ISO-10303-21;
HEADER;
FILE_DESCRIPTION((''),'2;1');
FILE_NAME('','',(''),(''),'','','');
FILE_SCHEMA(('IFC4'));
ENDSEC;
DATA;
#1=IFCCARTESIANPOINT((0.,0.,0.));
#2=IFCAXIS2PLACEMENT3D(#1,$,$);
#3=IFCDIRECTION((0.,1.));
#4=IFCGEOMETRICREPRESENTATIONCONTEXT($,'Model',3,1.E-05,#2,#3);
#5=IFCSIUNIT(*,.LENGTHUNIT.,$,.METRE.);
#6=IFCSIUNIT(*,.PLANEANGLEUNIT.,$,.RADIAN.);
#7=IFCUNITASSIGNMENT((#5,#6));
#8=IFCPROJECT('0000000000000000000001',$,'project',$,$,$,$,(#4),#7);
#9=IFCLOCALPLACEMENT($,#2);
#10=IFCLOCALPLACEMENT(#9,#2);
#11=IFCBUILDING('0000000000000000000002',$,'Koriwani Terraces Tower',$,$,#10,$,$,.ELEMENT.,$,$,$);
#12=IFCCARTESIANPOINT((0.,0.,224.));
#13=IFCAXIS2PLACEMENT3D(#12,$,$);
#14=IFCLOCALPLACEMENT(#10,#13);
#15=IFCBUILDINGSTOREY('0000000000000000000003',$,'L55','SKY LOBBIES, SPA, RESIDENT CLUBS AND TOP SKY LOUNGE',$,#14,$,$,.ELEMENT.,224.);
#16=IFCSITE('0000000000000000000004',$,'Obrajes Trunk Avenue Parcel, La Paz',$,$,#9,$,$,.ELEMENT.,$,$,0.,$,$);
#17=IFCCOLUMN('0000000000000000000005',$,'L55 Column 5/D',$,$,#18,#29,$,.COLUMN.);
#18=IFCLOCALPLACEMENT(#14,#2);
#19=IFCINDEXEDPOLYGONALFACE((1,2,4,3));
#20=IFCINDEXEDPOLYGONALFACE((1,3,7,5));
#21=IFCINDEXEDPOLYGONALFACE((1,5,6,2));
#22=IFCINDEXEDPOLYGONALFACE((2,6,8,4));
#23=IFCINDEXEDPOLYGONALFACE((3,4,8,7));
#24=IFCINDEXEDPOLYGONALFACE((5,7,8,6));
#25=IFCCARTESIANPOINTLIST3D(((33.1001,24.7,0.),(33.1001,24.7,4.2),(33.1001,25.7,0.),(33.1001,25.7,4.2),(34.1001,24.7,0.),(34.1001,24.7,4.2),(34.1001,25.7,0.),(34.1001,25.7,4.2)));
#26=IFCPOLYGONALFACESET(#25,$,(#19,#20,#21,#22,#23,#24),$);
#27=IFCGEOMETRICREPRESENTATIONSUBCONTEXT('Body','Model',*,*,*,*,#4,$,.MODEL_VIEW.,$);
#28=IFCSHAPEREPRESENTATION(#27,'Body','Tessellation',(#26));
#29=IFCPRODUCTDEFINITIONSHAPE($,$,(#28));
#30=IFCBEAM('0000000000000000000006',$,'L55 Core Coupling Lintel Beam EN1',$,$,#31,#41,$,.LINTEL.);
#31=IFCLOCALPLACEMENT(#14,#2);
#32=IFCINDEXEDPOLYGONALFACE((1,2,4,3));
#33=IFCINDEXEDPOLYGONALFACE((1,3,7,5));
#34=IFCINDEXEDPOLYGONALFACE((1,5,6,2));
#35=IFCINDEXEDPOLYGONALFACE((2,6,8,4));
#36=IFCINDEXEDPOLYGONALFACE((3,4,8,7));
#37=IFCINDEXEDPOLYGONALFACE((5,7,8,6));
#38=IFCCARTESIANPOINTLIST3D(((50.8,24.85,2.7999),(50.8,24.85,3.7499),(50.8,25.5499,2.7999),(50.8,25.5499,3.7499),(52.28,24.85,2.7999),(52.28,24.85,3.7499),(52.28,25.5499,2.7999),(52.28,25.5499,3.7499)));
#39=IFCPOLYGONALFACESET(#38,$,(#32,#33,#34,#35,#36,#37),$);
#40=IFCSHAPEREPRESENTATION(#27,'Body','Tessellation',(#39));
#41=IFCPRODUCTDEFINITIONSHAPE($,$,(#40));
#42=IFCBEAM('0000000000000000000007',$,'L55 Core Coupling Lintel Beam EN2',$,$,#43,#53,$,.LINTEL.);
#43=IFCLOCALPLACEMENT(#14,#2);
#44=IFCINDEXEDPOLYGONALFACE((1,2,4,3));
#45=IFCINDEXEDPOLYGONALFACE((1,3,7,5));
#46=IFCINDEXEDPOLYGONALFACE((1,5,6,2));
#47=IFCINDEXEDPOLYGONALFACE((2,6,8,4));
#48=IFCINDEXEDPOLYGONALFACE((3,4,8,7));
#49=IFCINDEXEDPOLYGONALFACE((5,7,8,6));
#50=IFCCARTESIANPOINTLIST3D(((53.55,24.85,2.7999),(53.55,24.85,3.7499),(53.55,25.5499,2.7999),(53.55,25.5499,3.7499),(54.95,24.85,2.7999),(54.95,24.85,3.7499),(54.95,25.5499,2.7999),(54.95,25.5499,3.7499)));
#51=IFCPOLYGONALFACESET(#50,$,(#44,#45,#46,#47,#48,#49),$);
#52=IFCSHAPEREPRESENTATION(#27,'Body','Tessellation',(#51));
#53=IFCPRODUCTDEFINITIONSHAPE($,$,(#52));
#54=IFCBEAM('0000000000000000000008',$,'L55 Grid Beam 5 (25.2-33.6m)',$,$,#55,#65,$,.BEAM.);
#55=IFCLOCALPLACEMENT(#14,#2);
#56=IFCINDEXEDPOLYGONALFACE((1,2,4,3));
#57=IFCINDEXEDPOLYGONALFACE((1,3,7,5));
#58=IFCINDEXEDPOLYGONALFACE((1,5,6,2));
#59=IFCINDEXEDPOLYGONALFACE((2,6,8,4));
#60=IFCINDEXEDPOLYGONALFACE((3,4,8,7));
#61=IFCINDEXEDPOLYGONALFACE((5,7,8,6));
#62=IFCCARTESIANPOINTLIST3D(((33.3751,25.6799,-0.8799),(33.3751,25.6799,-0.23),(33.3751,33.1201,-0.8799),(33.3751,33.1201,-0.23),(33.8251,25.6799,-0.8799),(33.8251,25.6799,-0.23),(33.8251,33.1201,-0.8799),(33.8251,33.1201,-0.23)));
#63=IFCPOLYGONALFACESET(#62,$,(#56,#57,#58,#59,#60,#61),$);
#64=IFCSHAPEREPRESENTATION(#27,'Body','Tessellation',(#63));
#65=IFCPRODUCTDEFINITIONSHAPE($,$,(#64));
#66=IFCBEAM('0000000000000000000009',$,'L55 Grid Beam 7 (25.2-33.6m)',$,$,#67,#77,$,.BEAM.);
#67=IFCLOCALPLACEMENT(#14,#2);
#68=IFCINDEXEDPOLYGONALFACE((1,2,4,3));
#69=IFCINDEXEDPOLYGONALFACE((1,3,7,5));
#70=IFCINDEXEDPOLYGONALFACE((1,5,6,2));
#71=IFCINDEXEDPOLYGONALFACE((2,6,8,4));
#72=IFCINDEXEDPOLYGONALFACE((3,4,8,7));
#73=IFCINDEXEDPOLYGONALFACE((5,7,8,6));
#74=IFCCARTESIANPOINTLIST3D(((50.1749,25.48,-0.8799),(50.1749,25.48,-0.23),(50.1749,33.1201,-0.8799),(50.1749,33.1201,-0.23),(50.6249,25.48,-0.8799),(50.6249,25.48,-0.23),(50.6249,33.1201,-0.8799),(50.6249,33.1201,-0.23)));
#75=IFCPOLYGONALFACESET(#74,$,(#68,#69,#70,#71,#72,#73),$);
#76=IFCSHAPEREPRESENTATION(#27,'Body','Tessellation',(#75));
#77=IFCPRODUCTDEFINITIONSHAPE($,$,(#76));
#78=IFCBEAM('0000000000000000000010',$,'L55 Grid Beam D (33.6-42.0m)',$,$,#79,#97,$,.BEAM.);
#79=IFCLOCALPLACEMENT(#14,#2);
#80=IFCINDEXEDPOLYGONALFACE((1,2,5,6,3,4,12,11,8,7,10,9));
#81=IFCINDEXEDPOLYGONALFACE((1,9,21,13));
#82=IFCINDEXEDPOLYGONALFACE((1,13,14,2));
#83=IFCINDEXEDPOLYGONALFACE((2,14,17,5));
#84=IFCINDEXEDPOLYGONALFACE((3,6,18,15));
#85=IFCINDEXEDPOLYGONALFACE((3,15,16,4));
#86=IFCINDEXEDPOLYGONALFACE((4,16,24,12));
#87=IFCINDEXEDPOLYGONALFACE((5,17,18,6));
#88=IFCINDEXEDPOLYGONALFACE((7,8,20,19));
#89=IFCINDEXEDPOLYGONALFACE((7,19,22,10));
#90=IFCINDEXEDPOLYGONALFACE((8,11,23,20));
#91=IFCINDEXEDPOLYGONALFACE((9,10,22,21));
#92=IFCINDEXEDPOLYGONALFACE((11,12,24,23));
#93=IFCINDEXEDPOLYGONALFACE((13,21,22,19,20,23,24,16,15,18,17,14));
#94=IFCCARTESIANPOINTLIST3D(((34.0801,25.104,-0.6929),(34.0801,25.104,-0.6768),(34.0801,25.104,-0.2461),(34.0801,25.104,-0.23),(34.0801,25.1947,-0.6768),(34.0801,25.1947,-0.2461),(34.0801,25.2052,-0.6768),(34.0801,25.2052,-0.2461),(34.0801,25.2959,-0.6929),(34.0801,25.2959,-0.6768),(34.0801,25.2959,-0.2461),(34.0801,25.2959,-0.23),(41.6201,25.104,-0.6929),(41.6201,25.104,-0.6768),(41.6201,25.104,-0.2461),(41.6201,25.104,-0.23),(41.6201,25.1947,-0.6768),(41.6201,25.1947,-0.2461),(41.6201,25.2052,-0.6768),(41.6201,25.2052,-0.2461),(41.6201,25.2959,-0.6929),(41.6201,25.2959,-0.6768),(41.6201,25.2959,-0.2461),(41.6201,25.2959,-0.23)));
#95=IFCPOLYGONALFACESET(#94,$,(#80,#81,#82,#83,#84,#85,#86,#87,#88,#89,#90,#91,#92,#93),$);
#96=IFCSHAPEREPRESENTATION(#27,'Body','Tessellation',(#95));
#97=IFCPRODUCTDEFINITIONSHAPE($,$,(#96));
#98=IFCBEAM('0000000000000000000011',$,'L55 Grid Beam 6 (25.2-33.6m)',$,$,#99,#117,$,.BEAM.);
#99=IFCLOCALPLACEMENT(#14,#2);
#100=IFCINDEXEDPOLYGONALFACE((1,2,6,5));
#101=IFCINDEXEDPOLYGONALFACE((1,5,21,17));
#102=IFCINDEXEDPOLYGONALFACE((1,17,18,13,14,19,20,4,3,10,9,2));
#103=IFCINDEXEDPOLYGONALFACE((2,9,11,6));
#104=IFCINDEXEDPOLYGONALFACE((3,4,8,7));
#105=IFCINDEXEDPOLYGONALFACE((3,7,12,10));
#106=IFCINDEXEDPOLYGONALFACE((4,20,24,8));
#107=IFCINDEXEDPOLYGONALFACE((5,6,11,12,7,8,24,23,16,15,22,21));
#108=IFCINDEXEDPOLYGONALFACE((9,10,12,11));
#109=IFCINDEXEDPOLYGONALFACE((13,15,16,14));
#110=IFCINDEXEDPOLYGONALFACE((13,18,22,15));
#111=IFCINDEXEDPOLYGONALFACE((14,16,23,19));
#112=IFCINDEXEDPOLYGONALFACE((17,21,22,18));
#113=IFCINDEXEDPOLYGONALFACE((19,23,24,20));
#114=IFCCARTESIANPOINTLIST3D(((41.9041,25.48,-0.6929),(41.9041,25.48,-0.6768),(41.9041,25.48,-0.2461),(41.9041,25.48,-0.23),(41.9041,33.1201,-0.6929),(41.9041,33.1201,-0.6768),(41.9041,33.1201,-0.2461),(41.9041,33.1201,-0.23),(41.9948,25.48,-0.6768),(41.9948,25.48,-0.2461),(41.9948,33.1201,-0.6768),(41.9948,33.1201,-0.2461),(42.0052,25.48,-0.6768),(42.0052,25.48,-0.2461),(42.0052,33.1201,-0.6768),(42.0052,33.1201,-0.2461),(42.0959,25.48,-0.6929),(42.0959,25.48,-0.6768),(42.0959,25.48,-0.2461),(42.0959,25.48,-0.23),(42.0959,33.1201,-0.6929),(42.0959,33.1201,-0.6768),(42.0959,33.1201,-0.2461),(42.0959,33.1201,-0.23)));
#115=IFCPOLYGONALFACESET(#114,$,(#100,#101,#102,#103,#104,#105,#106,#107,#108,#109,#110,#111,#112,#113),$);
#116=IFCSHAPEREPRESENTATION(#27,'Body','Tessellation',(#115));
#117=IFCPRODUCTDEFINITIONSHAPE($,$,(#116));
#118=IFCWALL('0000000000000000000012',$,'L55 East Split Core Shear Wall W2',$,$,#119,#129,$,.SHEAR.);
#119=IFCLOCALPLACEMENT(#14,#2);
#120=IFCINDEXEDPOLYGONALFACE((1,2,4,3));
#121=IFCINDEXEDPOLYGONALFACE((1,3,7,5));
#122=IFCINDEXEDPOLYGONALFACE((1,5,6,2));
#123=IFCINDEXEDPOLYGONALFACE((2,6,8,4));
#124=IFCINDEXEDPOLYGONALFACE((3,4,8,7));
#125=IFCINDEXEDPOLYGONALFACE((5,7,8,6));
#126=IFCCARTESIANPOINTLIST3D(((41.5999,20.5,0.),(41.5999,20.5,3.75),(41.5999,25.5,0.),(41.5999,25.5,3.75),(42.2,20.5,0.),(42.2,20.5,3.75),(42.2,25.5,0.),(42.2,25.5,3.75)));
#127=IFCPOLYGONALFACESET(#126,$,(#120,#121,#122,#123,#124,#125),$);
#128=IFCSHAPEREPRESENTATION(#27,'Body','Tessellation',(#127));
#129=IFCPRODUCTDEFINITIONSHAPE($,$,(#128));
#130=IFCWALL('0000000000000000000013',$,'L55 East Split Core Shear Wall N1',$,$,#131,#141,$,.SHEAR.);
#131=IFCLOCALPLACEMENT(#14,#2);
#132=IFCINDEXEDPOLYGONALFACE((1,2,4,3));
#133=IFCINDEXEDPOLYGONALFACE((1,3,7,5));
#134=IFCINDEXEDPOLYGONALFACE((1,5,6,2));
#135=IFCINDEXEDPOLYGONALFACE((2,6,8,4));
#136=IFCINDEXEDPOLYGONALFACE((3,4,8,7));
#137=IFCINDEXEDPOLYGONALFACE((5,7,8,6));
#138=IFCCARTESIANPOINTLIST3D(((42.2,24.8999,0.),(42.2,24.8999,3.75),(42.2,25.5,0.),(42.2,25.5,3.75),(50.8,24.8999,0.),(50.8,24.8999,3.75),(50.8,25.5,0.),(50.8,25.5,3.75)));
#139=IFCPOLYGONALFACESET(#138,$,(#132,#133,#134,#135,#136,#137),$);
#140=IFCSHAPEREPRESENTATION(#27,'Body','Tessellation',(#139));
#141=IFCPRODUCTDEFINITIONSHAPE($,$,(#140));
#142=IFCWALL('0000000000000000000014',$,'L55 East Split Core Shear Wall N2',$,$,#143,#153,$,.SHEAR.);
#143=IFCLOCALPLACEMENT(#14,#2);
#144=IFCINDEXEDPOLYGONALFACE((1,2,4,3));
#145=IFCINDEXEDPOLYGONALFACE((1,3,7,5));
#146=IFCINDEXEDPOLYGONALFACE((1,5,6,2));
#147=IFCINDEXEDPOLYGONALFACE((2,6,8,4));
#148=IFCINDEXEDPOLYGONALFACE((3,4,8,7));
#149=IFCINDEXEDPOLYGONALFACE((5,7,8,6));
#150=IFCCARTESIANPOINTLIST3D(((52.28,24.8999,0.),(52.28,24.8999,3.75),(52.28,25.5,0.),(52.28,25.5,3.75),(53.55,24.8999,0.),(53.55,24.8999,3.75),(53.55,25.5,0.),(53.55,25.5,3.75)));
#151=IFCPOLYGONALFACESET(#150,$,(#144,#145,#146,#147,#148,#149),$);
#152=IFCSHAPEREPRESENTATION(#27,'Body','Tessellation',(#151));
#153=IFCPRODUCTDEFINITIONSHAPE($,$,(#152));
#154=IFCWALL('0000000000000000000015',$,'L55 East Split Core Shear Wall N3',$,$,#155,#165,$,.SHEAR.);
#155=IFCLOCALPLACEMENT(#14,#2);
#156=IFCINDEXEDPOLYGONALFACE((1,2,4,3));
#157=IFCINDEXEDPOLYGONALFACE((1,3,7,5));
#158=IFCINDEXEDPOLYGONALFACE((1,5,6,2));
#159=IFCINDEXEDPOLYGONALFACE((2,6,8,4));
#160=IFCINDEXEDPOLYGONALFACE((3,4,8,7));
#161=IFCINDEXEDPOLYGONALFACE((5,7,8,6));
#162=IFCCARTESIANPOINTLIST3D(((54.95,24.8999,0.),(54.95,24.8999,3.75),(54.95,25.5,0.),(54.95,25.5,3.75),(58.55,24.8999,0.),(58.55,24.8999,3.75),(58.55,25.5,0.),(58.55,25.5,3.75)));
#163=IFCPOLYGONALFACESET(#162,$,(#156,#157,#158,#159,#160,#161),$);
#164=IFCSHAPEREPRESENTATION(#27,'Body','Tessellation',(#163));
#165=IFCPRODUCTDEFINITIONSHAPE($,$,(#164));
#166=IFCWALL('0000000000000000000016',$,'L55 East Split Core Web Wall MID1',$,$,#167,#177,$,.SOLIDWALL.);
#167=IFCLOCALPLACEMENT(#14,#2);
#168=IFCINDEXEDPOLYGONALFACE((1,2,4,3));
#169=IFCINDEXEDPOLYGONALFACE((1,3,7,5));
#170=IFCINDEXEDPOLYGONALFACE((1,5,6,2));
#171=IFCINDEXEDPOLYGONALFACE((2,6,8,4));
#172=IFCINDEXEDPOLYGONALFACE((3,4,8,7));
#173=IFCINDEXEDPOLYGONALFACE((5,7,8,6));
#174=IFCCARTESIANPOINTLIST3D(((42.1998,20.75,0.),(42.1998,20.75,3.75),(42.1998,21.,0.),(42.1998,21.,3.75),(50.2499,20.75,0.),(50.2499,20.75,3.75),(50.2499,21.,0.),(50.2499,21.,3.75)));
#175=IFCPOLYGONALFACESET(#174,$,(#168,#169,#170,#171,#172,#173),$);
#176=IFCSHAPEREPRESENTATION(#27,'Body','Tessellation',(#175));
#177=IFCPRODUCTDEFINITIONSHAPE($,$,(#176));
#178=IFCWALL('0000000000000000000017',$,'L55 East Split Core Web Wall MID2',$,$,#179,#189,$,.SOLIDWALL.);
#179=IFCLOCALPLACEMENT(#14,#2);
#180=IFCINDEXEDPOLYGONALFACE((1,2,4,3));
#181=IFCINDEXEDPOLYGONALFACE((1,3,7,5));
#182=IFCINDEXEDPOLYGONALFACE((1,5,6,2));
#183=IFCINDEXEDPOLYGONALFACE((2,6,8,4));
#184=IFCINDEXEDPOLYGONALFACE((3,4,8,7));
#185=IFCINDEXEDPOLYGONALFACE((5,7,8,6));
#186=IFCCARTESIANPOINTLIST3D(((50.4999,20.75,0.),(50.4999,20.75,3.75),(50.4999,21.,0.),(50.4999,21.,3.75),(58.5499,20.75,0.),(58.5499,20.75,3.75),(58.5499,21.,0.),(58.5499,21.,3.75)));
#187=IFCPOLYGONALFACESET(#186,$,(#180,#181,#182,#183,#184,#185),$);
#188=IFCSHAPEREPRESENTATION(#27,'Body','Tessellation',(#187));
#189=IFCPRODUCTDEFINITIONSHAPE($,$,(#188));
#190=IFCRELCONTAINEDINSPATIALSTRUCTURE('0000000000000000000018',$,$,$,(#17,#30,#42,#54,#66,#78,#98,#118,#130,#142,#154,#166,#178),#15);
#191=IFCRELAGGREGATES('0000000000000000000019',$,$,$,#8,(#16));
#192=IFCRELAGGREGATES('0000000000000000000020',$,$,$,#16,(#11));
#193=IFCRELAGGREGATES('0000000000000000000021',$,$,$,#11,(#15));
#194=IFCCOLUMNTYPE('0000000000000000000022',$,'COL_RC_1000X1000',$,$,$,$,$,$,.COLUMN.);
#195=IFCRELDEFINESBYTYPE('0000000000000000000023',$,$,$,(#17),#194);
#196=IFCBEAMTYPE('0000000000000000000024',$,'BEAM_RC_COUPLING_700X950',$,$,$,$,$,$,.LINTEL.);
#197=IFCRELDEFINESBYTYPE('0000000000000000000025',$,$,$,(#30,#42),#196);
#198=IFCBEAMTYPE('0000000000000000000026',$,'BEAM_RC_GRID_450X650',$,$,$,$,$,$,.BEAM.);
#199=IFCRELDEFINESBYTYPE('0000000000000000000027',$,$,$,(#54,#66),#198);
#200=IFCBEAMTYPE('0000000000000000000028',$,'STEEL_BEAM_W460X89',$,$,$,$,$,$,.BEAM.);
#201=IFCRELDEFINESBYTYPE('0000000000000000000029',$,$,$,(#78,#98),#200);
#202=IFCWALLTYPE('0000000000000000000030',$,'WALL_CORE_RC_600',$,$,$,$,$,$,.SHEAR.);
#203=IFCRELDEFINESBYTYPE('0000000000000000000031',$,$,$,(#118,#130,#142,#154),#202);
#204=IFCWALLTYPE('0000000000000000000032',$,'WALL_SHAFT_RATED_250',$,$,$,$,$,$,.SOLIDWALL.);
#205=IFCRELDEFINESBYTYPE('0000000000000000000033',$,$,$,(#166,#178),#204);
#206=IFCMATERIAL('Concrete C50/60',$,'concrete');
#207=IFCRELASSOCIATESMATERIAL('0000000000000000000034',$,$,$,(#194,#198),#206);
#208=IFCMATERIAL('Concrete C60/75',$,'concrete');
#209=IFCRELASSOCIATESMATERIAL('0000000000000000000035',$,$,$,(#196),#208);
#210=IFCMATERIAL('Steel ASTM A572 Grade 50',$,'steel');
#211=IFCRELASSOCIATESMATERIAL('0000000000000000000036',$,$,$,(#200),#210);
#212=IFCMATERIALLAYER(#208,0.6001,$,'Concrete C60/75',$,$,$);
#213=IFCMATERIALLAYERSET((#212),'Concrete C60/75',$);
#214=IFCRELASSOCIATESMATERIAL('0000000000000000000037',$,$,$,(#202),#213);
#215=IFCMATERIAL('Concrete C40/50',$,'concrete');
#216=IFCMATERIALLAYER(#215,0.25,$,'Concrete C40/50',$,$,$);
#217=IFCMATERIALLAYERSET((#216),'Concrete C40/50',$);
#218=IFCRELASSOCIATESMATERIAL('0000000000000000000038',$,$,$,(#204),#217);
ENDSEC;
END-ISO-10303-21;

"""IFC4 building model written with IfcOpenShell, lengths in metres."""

from ifc_helpers import new_model, si_unit, direction, frame, frame_2d, origin, origin_2d, place, context, subcontext, project, spatial, rectangle, i_section, extrude, material, layer, layer_set, material_profile, profile_set, type_object, element, save


model = new_model("IFC4")

# Units and contexts
model_context = context("Model", 3, precision=1e-05, world=origin(), true_north=direction((0.0, 1.0)))
body_context = subcontext(model_context, "Body", "Model", "MODEL_VIEW")
ifc_project = project(units=[si_unit("LENGTHUNIT", "METRE"), si_unit("PLANEANGLEUNIT", "RADIAN")], contexts=[model_context])

# Site, building, storey
site_placement = place(None, origin())
site = spatial("IfcSite", under=ifc_project, at=site_placement, Name="Obrajes Trunk Avenue Parcel, La Paz", CompositionType="ELEMENT", RefElevation=0.0)
building_placement = place(site_placement, origin())
building = spatial("IfcBuilding", under=site, at=building_placement, Name="Koriwani Terraces Tower", CompositionType="ELEMENT")
storey_placement = place(building_placement, frame((0.0, 0.0, 224.0)))
storey = spatial("IfcBuildingStorey", under=building, at=storey_placement, Name="L55", Description="SKY LOBBIES, SPA, RESIDENT CLUBS AND TOP SKY LOUNGE", CompositionType="ELEMENT", Elevation=224.0)

# Column
ifc_material_1 = material(Name="Concrete C50/60", Category="concrete")
ifc_material_profile_1 = material_profile(ifc_material_1, rectangle(XDim=1.0, YDim=1.0, at=origin_2d()), Name="Concrete C50/60", Category="LoadBearing")
ifc_profile_set_1 = profile_set([ifc_material_profile_1], Name="Concrete C50/60")
column_type = type_object("IfcColumnType", Name="COL_RC_1000X1000", PredefinedType="COLUMN", material=ifc_profile_set_1)
column_placement = place(storey_placement, frame((33.6001, 25.2, 0.0), z_axis=(0.0, 0.0, 1.0), x_axis=(1.0, 0.0, 0.0)))
element("IfcColumn", 1, at=column_placement, inside=storey, type_object=column_type, Name="L55 Column 5/D", PredefinedType="COLUMN", context=body_context, shape_type="SweptSolid", body=[
    extrude(rectangle(XDim=1.0, YDim=1.0, at=origin_2d()), origin(), (0.0, 0.0, 1.0), 4.2),
])

# Beams
ifc_material_2 = material(Name="Concrete C60/75", Category="concrete")
ifc_material_profile_2 = material_profile(ifc_material_2, rectangle(XDim=0.7, YDim=0.95, at=origin_2d()), Name="Concrete C60/75", Category="LoadBearing")
ifc_profile_set_2 = profile_set([ifc_material_profile_2], Name="Concrete C60/75")
beam_type_1 = type_object("IfcBeamType", Name="BEAM_RC_COUPLING_700X950", PredefinedType="LINTEL", material=ifc_profile_set_2)
beam_1_placement = place(storey_placement, frame((50.8, 25.2, 3.2749), z_axis=(1.0, 0.0, 0.0), x_axis=(0.0, 1.0, 0.0)))
element("IfcBeam", 2, at=beam_1_placement, inside=storey, type_object=beam_type_1, Name="L55 Core Coupling Lintel Beam EN1", PredefinedType="LINTEL", context=body_context, shape_type="SweptSolid", body=[
    extrude(rectangle(XDim=0.7, YDim=0.95, at=origin_2d()), origin(), (0.0, 0.0, 1.0), 1.48),
])
beam_2_placement = place(storey_placement, frame((53.55, 25.2, 3.2749), z_axis=(1.0, 0.0, 0.0), x_axis=(0.0, 1.0, 0.0)))
element("IfcBeam", 3, at=beam_2_placement, inside=storey, type_object=beam_type_1, Name="L55 Core Coupling Lintel Beam EN2", PredefinedType="LINTEL", context=body_context, shape_type="SweptSolid", body=[
    extrude(rectangle(XDim=0.7, YDim=0.95, at=origin_2d()), origin(), (0.0, 0.0, 1.0), 1.3999),
])
ifc_material_profile_3 = material_profile(ifc_material_1, rectangle(XDim=0.45, YDim=0.6499, at=origin_2d()), Name="Concrete C50/60", Category="LoadBearing")
ifc_profile_set_3 = profile_set([ifc_material_profile_3], Name="Concrete C50/60")
beam_type_2 = type_object("IfcBeamType", Name="BEAM_RC_GRID_450X650", PredefinedType="BEAM", material=ifc_profile_set_3)
beam_3_placement = place(storey_placement, frame((33.6001, 25.6799, -0.5549), z_axis=(0.0, 1.0, 0.0), x_axis=(-1.0, 0.0, 0.0)))
element("IfcBeam", 4, at=beam_3_placement, inside=storey, type_object=beam_type_2, Name="L55 Grid Beam 5 (25.2-33.6m)", PredefinedType="BEAM", context=body_context, shape_type="SweptSolid", body=[
    extrude(rectangle(XDim=0.45, YDim=0.6499, at=origin_2d()), origin(), (0.0, 0.0, 1.0), 7.4402),
])
beam_4_placement = place(storey_placement, frame((50.3999, 25.48, -0.5549), z_axis=(0.0, 1.0, 0.0), x_axis=(-1.0, 0.0, 0.0)))
element("IfcBeam", 5, at=beam_4_placement, inside=storey, type_object=beam_type_2, Name="L55 Grid Beam 7 (25.2-33.6m)", PredefinedType="BEAM", context=body_context, shape_type="SweptSolid", body=[
    extrude(rectangle(XDim=0.45, YDim=0.6499, at=origin_2d()), origin(), (0.0, 0.0, 1.0), 7.6401),
])
ifc_material_3 = material(Name="Steel ASTM A572 Grade 50", Category="steel")
ifc_material_profile_4 = material_profile(ifc_material_3, i_section(OverallWidth=0.1919, OverallDepth=0.4629, WebThickness=0.0105, FlangeThickness=0.0161, at=origin_2d()), Name="Steel ASTM A572 Grade 50", Category="LoadBearing")
ifc_profile_set_4 = profile_set([ifc_material_profile_4], Name="Steel ASTM A572 Grade 50")
beam_type_3 = type_object("IfcBeamType", Name="STEEL_BEAM_W460X89", PredefinedType="BEAM", material=ifc_profile_set_4)
beam_5_placement = place(storey_placement, frame((34.0801, 25.2, -0.4614), z_axis=(1.0, 0.0, 0.0), x_axis=(0.0, 1.0, 0.0)))
element("IfcBeam", 6, at=beam_5_placement, inside=storey, type_object=beam_type_3, Name="L55 Grid Beam D (33.6-42.0m)", PredefinedType="BEAM", context=body_context, shape_type="SweptSolid", body=[
    extrude(i_section(OverallWidth=0.1919, OverallDepth=0.4629, WebThickness=0.0105, FlangeThickness=0.0161, at=origin_2d()), origin(), (0.0, 0.0, 1.0), 7.54),
])
beam_6_placement = place(storey_placement, frame((42.0, 25.48, -0.4614), z_axis=(0.0, 1.0, 0.0), x_axis=(-1.0, 0.0, 0.0)))
element("IfcBeam", 7, at=beam_6_placement, inside=storey, type_object=beam_type_3, Name="L55 Grid Beam 6 (25.2-33.6m)", PredefinedType="BEAM", context=body_context, shape_type="SweptSolid", body=[
    extrude(i_section(OverallWidth=0.1919, OverallDepth=0.4629, WebThickness=0.0105, FlangeThickness=0.0161, at=origin_2d()), origin(), (0.0, 0.0, 1.0), 7.6401),
])

# Walls
ifc_layer_1 = layer(ifc_material_2, 0.6001, Name="Concrete C60/75")
ifc_layer_set_1 = layer_set([ifc_layer_1], Name="Concrete C60/75")
wall_type_1 = type_object("IfcWallType", Name="WALL_CORE_RC_600", PredefinedType="SHEAR", material=ifc_layer_set_1)
wall_1_placement = place(storey_placement, frame((41.8999, 20.5, 0.0), z_axis=(0.0, 0.0, 1.0), x_axis=(0.0, 1.0, 0.0)))
element("IfcWall", 8, at=wall_1_placement, inside=storey, type_object=wall_type_1, Name="L55 East Split Core Shear Wall W2", PredefinedType="SHEAR", context=body_context, shape_type="SweptSolid", body=[
    extrude(rectangle(XDim=5.0, YDim=0.6001, at=frame_2d((2.5, 0.0))), origin(), (0.0, 0.0, 1.0), 3.75),
])
wall_2_placement = place(storey_placement, frame((42.2, 25.2, 0.0), z_axis=(0.0, 0.0, 1.0), x_axis=(1.0, 0.0, 0.0)))
element("IfcWall", 9, at=wall_2_placement, inside=storey, type_object=wall_type_1, Name="L55 East Split Core Shear Wall N1", PredefinedType="SHEAR", context=body_context, shape_type="SweptSolid", body=[
    extrude(rectangle(XDim=8.6001, YDim=0.6001, at=frame_2d((4.3, 0.0))), origin(), (0.0, 0.0, 1.0), 3.75),
])
wall_3_placement = place(storey_placement, frame((52.28, 25.2, 0.0), z_axis=(0.0, 0.0, 1.0), x_axis=(1.0, 0.0, 0.0)))
element("IfcWall", 10, at=wall_3_placement, inside=storey, type_object=wall_type_1, Name="L55 East Split Core Shear Wall N2", PredefinedType="SHEAR", context=body_context, shape_type="SweptSolid", body=[
    extrude(rectangle(XDim=1.27, YDim=0.6001, at=frame_2d((0.635, 0.0))), origin(), (0.0, 0.0, 1.0), 3.75),
])
wall_4_placement = place(storey_placement, frame((54.95, 25.2, 0.0), z_axis=(0.0, 0.0, 1.0), x_axis=(1.0, 0.0, 0.0)))
element("IfcWall", 11, at=wall_4_placement, inside=storey, type_object=wall_type_1, Name="L55 East Split Core Shear Wall N3", PredefinedType="SHEAR", context=body_context, shape_type="SweptSolid", body=[
    extrude(rectangle(XDim=3.6001, YDim=0.6001, at=frame_2d((1.8, 0.0))), origin(), (0.0, 0.0, 1.0), 3.75),
])
ifc_material_4 = material(Name="Concrete C40/50", Category="concrete")
ifc_layer_2 = layer(ifc_material_4, 0.25, Name="Concrete C40/50")
ifc_layer_set_2 = layer_set([ifc_layer_2], Name="Concrete C40/50")
wall_type_2 = type_object("IfcWallType", Name="WALL_SHAFT_RATED_250", PredefinedType="SOLIDWALL", material=ifc_layer_set_2)
for number, where, z_axis, x_axis, name in (
    (12, (42.2, 20.875, 0.0), (0.0, 0.0, 1.0), (1.0, 0.0, 0.0), "L55 East Split Core Web Wall MID1"),
    (13, (50.5, 20.875, 0.0), (0.0, 0.0, 1.0), (1.0, 0.0, 0.0), "L55 East Split Core Web Wall MID2"),
):
    element("IfcWall", number, at=place(storey_placement, frame(where, z_axis=z_axis, x_axis=x_axis)), inside=storey, type_object=wall_type_2, Name=name, PredefinedType="SOLIDWALL", context=body_context, shape_type="SweptSolid", body=[
        extrude(rectangle(XDim=8.05, YDim=0.25, at=frame_2d((4.0249, 0.0))), origin(), (0.0, 0.0, 1.0), 3.75),
    ])

save(model, "model.ifc")
